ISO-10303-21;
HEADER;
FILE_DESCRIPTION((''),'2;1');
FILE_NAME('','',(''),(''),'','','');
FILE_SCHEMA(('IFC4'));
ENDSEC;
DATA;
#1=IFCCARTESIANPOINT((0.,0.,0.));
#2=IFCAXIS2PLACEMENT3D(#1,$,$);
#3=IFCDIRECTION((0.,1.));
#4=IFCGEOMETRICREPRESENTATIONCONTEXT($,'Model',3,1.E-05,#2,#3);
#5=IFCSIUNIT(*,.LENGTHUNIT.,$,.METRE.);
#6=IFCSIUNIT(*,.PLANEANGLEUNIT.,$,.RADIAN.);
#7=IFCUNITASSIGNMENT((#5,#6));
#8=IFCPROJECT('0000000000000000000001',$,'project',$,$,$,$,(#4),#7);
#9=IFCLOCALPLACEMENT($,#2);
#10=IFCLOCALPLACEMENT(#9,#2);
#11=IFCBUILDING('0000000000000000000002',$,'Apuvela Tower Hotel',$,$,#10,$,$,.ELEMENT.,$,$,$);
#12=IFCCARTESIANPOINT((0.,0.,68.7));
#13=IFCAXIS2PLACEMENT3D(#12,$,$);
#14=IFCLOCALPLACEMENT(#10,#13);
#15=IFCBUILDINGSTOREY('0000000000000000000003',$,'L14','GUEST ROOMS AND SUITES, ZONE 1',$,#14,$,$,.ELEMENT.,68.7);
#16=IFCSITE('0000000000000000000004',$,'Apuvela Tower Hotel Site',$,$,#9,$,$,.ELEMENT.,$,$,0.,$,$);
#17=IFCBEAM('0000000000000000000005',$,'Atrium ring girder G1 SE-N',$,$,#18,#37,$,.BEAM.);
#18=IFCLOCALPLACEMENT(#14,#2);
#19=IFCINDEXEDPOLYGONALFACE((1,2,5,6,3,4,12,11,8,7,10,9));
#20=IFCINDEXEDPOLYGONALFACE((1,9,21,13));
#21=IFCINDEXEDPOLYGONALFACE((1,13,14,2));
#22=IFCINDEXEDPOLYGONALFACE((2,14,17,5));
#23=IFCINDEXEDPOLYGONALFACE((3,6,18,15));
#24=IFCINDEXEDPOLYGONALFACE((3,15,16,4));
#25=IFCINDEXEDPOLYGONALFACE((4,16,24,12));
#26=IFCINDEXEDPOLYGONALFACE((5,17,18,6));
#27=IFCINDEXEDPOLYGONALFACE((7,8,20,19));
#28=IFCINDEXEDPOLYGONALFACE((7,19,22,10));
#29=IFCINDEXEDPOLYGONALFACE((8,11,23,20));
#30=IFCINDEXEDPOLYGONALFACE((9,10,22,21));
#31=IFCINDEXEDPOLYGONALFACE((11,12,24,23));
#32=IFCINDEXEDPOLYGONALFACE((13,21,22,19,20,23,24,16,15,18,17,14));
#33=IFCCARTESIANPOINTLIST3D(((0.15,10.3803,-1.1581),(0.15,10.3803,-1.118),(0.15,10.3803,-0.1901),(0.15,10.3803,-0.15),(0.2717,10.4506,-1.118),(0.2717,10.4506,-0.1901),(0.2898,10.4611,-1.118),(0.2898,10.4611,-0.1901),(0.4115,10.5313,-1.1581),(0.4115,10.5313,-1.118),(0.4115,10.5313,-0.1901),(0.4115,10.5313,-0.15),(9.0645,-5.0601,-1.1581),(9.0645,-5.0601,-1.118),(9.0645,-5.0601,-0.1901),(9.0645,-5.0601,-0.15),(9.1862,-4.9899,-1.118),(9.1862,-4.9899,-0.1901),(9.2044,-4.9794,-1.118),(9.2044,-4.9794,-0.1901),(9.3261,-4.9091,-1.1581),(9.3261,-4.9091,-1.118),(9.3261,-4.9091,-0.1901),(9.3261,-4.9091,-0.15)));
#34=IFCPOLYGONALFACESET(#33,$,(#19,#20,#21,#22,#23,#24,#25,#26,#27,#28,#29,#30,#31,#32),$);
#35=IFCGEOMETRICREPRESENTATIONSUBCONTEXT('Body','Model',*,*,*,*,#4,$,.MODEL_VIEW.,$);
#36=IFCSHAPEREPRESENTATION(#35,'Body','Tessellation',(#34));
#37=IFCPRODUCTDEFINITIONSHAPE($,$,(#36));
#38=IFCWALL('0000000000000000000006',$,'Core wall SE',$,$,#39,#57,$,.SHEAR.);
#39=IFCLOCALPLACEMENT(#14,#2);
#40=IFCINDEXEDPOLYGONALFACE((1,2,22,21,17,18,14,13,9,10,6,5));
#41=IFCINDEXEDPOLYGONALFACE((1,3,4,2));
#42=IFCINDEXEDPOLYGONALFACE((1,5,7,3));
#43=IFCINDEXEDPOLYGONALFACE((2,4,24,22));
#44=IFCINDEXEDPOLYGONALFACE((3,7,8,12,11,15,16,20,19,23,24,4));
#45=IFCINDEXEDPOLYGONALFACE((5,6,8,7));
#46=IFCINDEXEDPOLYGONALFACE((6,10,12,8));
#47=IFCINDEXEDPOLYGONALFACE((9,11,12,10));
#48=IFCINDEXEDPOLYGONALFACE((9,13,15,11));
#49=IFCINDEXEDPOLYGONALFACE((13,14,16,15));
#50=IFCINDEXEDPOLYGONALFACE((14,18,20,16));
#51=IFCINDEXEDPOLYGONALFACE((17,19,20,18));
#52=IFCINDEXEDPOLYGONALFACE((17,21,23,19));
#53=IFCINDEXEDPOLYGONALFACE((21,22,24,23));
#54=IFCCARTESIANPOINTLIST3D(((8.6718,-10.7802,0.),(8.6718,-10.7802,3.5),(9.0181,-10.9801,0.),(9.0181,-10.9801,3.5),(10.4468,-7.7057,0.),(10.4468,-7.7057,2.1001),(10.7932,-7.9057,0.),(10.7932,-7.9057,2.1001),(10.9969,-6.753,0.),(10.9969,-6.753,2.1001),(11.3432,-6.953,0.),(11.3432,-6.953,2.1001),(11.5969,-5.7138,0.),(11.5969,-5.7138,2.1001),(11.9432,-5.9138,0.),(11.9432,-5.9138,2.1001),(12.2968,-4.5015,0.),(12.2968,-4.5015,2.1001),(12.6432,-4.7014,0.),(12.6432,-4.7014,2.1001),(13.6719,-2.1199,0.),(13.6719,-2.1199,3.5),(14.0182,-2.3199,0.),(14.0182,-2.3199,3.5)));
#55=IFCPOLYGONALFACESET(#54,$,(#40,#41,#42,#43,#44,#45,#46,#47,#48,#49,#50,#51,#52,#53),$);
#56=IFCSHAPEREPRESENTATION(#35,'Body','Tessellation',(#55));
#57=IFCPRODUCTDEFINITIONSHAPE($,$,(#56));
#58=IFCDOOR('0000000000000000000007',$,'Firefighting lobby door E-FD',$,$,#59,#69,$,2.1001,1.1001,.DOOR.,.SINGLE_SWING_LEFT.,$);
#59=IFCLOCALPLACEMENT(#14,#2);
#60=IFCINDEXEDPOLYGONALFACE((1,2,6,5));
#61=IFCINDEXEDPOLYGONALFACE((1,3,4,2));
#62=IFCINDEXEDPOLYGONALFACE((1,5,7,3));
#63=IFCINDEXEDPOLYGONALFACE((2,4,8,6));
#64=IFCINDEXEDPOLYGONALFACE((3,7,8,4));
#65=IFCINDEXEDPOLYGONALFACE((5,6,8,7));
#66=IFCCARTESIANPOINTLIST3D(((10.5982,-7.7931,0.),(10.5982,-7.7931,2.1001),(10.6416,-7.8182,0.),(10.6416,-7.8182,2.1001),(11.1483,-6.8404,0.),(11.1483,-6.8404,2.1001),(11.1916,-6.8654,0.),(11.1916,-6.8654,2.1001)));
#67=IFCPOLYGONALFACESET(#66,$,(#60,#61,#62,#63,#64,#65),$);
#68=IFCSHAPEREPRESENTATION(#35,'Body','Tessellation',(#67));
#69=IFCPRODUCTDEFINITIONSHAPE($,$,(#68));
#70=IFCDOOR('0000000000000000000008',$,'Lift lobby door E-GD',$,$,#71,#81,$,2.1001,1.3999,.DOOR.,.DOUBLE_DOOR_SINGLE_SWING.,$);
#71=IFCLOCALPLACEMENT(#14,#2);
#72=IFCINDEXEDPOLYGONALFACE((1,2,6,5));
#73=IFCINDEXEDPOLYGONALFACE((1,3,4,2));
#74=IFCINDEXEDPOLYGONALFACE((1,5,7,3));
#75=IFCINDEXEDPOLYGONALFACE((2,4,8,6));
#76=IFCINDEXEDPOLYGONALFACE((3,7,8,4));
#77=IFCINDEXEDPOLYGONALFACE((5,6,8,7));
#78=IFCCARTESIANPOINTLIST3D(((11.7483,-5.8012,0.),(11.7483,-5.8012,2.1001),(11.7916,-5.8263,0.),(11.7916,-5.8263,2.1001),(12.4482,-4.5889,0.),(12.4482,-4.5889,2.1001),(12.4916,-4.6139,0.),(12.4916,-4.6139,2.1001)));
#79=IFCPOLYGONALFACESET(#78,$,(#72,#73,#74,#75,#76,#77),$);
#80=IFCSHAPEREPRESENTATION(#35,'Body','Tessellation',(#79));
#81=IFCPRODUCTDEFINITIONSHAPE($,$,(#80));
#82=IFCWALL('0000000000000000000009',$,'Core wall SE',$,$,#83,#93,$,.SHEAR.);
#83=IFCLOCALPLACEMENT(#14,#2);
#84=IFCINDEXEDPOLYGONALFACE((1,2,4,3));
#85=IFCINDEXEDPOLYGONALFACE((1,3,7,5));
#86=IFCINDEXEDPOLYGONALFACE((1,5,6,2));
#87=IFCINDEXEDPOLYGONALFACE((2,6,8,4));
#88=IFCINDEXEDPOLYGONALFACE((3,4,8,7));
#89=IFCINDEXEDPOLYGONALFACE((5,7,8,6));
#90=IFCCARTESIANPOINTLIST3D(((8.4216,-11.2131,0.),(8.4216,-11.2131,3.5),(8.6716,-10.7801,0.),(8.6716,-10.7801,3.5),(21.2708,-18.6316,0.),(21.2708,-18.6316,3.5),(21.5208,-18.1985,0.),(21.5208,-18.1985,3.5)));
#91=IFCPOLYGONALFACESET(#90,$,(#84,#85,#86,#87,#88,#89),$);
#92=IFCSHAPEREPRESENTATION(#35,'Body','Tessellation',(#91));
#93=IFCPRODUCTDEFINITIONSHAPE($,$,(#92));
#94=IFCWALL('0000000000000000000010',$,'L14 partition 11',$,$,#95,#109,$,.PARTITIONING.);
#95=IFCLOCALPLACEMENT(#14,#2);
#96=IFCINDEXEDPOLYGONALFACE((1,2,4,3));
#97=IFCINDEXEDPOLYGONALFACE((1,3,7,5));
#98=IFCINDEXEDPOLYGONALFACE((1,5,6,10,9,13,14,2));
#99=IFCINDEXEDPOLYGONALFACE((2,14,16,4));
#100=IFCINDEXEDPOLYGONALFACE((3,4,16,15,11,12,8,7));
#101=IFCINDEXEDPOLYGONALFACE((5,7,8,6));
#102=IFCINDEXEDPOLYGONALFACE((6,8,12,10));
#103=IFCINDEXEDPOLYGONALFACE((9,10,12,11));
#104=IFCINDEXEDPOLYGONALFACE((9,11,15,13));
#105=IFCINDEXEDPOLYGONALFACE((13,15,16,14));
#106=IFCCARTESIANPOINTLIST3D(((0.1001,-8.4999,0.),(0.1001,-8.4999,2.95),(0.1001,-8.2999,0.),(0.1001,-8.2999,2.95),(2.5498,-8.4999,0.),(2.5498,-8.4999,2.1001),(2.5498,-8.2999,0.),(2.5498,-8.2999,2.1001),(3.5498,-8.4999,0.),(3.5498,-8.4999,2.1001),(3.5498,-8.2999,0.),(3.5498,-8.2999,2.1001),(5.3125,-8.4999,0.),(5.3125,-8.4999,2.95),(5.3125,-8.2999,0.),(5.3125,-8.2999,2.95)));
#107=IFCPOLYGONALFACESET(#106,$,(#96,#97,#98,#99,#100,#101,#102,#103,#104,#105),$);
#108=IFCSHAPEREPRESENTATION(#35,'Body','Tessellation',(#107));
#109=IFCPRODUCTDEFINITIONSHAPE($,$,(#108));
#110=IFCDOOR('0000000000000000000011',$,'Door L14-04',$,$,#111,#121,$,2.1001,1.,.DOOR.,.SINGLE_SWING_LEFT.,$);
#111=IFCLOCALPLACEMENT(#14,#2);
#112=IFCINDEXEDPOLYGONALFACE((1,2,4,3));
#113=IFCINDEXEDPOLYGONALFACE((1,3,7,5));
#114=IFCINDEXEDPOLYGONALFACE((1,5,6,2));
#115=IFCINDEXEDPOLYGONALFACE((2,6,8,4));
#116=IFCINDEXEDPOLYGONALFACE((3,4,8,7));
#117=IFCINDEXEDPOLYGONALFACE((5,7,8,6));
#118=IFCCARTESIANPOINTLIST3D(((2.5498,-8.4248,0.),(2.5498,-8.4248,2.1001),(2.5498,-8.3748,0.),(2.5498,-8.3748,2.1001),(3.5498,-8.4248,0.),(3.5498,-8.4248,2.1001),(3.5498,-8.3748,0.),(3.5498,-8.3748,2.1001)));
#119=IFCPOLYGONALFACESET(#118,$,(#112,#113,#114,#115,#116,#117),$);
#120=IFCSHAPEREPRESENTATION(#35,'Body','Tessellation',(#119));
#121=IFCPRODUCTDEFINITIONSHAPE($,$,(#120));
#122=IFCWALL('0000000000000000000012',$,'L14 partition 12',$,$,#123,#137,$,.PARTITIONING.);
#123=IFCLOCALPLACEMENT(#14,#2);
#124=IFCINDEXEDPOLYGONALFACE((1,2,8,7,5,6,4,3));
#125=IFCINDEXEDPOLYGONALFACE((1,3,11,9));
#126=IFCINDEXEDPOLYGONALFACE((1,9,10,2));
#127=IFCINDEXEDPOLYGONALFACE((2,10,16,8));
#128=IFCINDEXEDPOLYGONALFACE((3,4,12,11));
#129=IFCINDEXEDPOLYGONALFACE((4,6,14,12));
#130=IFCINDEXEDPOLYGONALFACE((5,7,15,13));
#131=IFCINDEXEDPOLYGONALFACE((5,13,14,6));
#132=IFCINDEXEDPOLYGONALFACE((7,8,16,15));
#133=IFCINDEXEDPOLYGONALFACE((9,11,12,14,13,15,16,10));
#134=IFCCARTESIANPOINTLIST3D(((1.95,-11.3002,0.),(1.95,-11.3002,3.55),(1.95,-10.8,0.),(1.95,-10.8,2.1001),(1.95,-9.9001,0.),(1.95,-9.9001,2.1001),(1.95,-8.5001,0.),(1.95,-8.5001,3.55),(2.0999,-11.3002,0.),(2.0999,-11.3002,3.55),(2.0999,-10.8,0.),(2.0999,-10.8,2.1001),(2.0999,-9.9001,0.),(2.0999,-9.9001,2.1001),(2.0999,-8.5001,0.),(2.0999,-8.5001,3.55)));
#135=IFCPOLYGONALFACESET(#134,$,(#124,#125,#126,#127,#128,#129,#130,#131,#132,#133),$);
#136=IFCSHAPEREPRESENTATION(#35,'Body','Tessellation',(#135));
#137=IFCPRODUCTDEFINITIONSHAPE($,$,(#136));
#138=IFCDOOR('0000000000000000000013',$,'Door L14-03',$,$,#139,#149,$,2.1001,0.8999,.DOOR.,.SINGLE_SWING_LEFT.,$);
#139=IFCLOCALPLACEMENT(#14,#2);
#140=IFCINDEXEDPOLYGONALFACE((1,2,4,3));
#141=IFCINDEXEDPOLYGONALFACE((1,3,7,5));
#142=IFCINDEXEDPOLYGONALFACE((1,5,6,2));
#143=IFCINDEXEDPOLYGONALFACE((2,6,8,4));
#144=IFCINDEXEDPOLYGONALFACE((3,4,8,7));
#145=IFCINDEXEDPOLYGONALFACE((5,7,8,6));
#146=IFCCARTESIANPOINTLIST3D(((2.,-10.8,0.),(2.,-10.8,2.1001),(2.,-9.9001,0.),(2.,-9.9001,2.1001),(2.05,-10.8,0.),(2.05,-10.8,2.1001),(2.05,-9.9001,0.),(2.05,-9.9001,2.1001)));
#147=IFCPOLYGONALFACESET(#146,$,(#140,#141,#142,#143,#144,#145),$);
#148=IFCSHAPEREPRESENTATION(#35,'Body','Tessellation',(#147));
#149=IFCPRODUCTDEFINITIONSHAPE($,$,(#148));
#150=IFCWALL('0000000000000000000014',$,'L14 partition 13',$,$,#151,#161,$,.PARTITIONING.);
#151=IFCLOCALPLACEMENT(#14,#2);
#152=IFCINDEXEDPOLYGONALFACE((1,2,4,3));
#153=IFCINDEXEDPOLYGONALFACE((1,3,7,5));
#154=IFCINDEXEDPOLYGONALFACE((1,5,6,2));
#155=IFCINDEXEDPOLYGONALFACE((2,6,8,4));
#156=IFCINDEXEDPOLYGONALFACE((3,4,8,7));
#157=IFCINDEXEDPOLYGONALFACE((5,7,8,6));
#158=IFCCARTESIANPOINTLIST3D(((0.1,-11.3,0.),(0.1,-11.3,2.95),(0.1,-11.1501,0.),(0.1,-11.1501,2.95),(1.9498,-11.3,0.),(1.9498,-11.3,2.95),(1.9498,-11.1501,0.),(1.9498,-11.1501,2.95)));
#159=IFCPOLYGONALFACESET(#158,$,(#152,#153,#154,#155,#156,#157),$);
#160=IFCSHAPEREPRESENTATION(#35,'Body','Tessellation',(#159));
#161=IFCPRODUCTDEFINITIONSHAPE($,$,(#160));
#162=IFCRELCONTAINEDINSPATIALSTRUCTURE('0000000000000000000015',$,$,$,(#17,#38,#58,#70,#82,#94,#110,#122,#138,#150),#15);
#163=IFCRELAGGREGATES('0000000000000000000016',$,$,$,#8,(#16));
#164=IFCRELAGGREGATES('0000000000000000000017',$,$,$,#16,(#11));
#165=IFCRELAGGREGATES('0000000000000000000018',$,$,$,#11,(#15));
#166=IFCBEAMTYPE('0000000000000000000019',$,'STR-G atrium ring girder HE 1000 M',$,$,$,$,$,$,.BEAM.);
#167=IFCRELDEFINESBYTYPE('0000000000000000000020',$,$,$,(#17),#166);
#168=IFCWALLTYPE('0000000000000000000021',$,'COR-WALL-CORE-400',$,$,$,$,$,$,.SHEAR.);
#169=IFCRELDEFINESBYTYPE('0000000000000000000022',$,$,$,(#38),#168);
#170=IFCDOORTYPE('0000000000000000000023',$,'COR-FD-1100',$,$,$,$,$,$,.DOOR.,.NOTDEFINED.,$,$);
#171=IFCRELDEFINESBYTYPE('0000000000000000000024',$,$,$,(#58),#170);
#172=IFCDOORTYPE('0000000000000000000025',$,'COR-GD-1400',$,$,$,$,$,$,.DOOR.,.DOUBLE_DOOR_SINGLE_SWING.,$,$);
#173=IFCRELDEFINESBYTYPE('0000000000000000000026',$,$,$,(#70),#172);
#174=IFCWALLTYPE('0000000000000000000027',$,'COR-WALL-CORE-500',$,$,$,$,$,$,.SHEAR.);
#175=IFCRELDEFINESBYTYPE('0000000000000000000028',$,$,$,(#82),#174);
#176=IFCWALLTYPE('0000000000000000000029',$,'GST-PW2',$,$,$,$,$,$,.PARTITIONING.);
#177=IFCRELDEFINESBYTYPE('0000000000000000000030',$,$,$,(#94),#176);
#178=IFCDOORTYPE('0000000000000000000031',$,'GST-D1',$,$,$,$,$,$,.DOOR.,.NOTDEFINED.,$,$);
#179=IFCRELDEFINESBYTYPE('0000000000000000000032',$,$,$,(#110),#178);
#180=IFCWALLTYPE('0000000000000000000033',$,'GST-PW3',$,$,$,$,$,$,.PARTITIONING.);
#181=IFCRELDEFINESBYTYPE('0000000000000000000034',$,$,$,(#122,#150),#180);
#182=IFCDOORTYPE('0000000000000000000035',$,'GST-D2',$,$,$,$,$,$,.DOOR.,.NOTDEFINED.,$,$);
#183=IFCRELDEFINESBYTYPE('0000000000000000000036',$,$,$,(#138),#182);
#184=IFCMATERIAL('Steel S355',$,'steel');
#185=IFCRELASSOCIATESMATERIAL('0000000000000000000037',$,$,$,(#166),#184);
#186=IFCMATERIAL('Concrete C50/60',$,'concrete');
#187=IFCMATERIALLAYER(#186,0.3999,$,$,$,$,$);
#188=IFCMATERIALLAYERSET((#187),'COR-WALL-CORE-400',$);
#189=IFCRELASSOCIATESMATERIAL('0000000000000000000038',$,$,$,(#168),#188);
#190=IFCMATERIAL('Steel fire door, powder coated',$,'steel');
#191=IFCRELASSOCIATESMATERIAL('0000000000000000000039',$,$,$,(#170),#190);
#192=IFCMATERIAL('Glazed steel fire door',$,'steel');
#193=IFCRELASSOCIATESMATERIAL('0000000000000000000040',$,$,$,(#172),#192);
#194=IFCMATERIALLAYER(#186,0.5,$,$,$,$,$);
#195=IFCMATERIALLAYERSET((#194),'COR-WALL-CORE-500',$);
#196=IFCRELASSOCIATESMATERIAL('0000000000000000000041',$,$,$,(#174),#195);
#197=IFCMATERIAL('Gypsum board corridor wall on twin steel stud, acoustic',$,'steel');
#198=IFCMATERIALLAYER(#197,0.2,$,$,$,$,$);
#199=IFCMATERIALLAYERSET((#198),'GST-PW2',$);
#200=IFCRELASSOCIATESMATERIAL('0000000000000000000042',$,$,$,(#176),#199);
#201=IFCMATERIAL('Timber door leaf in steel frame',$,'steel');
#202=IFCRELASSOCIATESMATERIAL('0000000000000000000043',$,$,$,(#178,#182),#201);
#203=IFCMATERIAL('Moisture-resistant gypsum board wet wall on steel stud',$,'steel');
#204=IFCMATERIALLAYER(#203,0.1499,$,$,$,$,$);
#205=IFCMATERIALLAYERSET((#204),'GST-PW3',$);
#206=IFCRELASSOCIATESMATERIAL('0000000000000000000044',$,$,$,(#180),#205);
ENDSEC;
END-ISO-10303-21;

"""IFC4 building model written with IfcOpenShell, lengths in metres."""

from ifc_helpers import new_model, si_unit, direction, frame, frame_2d, origin, origin_2d, place, context, subcontext, project, spatial, rectangle, i_section, extrude, material, layer, layer_set, material_profile, profile_set, type_object, element, fill, save


model = new_model("IFC4")

# Units and contexts
model_context = context("Model", 3, precision=1e-05, world=origin(), true_north=direction((0.0, 1.0)))
body_context = subcontext(model_context, "Body", "Model", "MODEL_VIEW")
ifc_project = project(units=[si_unit("LENGTHUNIT", "METRE"), si_unit("PLANEANGLEUNIT", "RADIAN")], contexts=[model_context])

# Site, building, storey
site_placement = place(None, origin())
site = spatial("IfcSite", under=ifc_project, at=site_placement, Name="Apuvela Tower Hotel Site", CompositionType="ELEMENT", RefElevation=0.0)
building_placement = place(site_placement, origin())
building = spatial("IfcBuilding", under=site, at=building_placement, Name="Apuvela Tower Hotel", CompositionType="ELEMENT")
storey_placement = place(building_placement, frame((0.0, 0.0, 68.7)))
storey = spatial("IfcBuildingStorey", under=building, at=storey_placement, Name="L14", Description="GUEST ROOMS AND SUITES, ZONE 1", CompositionType="ELEMENT", Elevation=68.7)

# Beam
ifc_material_1 = material(Name="Steel S355", Category="steel")
ifc_material_profile = material_profile(ifc_material_1, i_section(OverallWidth=0.302, OverallDepth=1.0081, WebThickness=0.021, FlangeThickness=0.04, at=origin_2d()), Name="HE 1000 M")
ifc_profile_set = profile_set([ifc_material_profile], Name="Steel S355")
beam_type = type_object("IfcBeamType", Name="STR-G atrium ring girder HE 1000 M", PredefinedType="BEAM", material=ifc_profile_set)
beam_placement = place(storey_placement, frame((9.1953, -4.9846, -0.6541), z_axis=(-0.500001, 0.866025, 0.0), x_axis=(-0.866025, -0.500001, 0.0)))
element("IfcBeam", 1, at=beam_placement, inside=storey, type_object=beam_type, Name="Atrium ring girder G1 SE-N", PredefinedType="BEAM", context=body_context, shape_type="SweptSolid", body=[
    extrude(i_section(OverallWidth=0.302, OverallDepth=1.0081, WebThickness=0.021, FlangeThickness=0.04, at=origin_2d()), origin(), (0.0, 0.0, 1.0), 17.8291),
])

# Wall, openings, doors
ifc_material_2 = material(Name="Concrete C50/60", Category="concrete")
ifc_layer_1 = layer(ifc_material_2, 0.3999)
ifc_layer_set_1 = layer_set([ifc_layer_1], Name="COR-WALL-CORE-400")
wall_type_1 = type_object("IfcWallType", Name="COR-WALL-CORE-400", PredefinedType="SHEAR", material=ifc_layer_set_1)
wall_1_placement = place(storey_placement, frame((8.845, -10.8801, 0.0), z_axis=(0.0, 0.0, 1.0), x_axis=(0.500004, 0.866023, 0.0)))
wall_1 = element("IfcWall", 2, at=wall_1_placement, inside=storey, type_object=wall_type_1, Name="Core wall SE", PredefinedType="SHEAR", context=body_context, shape_type="SweptSolid", body=[
    extrude(rectangle(XDim=10.0, YDim=0.3999, at=frame_2d((5.0, 0.0))), origin(), (0.0, 0.0, 1.0), 3.5),
])
opening_1_placement = place(wall_1_placement, frame((3.55, 0.0, 0.0)))
opening_1 = element("IfcOpeningElement", 3, at=opening_1_placement, cuts=wall_1, PredefinedType="OPENING", context=body_context, shape_type="SweptSolid", body=[
    extrude(rectangle(XDim=1.1001, YDim=2.1001, at=frame_2d((0.55, 1.05))), frame((0.0, 0.21, 0.0), z_axis=(0.0, -1.0, 0.0), x_axis=(1.0, 0.0, 0.0)), (0.0, 0.0, 1.0), 0.4199),
])
opening_2_placement = place(wall_1_placement, frame((5.8501, 0.0, 0.0)))
opening_2 = element("IfcOpeningElement", 4, at=opening_2_placement, cuts=wall_1, PredefinedType="OPENING", context=body_context, shape_type="SweptSolid", body=[
    extrude(rectangle(XDim=1.3999, YDim=2.1001, at=frame_2d((0.7, 1.05))), frame((0.0, 0.21, 0.0), z_axis=(0.0, -1.0, 0.0), x_axis=(1.0, 0.0, 0.0)), (0.0, 0.0, 1.0), 0.4199),
])
ifc_material_3 = material(Name="Steel fire door, powder coated", Category="steel")
door_type_1 = type_object("IfcDoorType", Name="COR-FD-1100", OperationType="NOTDEFINED", PredefinedType="DOOR", material=ifc_material_3)
door_1_placement = place(opening_1_placement, frame((1.1001, 0.0, 0.0), z_axis=(0.0, 0.0, 1.0), x_axis=(-1.0, 0.0, 0.0)))
door_1 = element("IfcDoor", 5, at=door_1_placement, inside=storey, type_object=door_type_1, Name="Firefighting lobby door E-FD", OperationType="SINGLE_SWING_LEFT", OverallHeight=2.1001, OverallWidth=1.1001, PredefinedType="DOOR", context=body_context, shape_type="SweptSolid", body=[
    extrude(rectangle(XDim=1.1001, YDim=2.1001, at=frame_2d((0.55, 1.05))), frame((0.0, 0.0249, 0.0), z_axis=(0.0, -1.0, 0.0), x_axis=(1.0, 0.0, 0.0)), (0.0, 0.0, 1.0), 0.05),
])
fill(opening_1, door_1)
ifc_material_4 = material(Name="Glazed steel fire door", Category="steel")
door_type_2 = type_object("IfcDoorType", Name="COR-GD-1400", OperationType="DOUBLE_DOOR_SINGLE_SWING", PredefinedType="DOOR", material=ifc_material_4)
door_2_placement = place(opening_2_placement, frame((1.3999, 0.0, 0.0), z_axis=(0.0, 0.0, 1.0), x_axis=(-1.0, 0.0, 0.0)))
door_2 = element("IfcDoor", 6, at=door_2_placement, inside=storey, type_object=door_type_2, Name="Lift lobby door E-GD", OperationType="DOUBLE_DOOR_SINGLE_SWING", OverallHeight=2.1001, OverallWidth=1.3999, PredefinedType="DOOR", context=body_context, shape_type="SweptSolid", body=[
    extrude(rectangle(XDim=1.3999, YDim=2.1001, at=frame_2d((0.7, 1.05))), frame((0.0, 0.0249, 0.0), z_axis=(0.0, -1.0, 0.0), x_axis=(1.0, 0.0, 0.0)), (0.0, 0.0, 1.0), 0.05),
])
fill(opening_2, door_2)

# Wall
ifc_layer_2 = layer(ifc_material_2, 0.5)
ifc_layer_set_2 = layer_set([ifc_layer_2], Name="COR-WALL-CORE-500")
wall_type_2 = type_object("IfcWallType", Name="COR-WALL-CORE-500", PredefinedType="SHEAR", material=ifc_layer_set_2)
wall_2_placement = place(storey_placement, frame((8.5466, -10.9966, 0.0), z_axis=(0.0, 0.0, 1.0), x_axis=(0.866025, -0.500001, 0.0)))
element("IfcWall", 7, at=wall_2_placement, inside=storey, type_object=wall_type_2, Name="Core wall SE", PredefinedType="SHEAR", context=body_context, shape_type="SweptSolid", body=[
    extrude(rectangle(XDim=14.8369, YDim=0.5, at=frame_2d((7.4185, 0.0))), origin(), (0.0, 0.0, 1.0), 3.5),
])

# Walls, openings, doors
ifc_material_5 = material(Name="Gypsum board corridor wall on twin steel stud, acoustic", Category="steel")
ifc_layer_3 = layer(ifc_material_5, 0.2)
ifc_layer_set_3 = layer_set([ifc_layer_3], Name="GST-PW2")
wall_type_3 = type_object("IfcWallType", Name="GST-PW2", PredefinedType="PARTITIONING", material=ifc_layer_set_3)
wall_3_placement = place(storey_placement, frame((5.3125, -8.3999, 0.0), z_axis=(0.0, 0.0, 1.0), x_axis=(-1.0, 0.0, 0.0)))
wall_3 = element("IfcWall", 8, at=wall_3_placement, inside=storey, type_object=wall_type_3, Name="L14 partition 11", PredefinedType="PARTITIONING", context=body_context, shape_type="SweptSolid", body=[
    extrude(rectangle(XDim=5.2124, YDim=0.2, at=frame_2d((2.6062, 0.0))), origin(), (0.0, 0.0, 1.0), 2.95),
])
opening_3_placement = place(wall_3_placement, frame((1.7627, 0.0, 0.0)))
opening_3 = element("IfcOpeningElement", 9, at=opening_3_placement, cuts=wall_3, PredefinedType="OPENING", context=body_context, shape_type="SweptSolid", body=[
    extrude(rectangle(XDim=1.0, YDim=2.1001, at=frame_2d((0.5, 1.05))), frame((0.0, 0.1099, 0.0), z_axis=(0.0, -1.0, 0.0), x_axis=(1.0, 0.0, 0.0)), (0.0, 0.0, 1.0), 0.22),
])
ifc_material_6 = material(Name="Timber door leaf in steel frame", Category="steel")
door_type_3 = type_object("IfcDoorType", Name="GST-D1", OperationType="NOTDEFINED", PredefinedType="DOOR", material=ifc_material_6)
door_3_placement = place(opening_3_placement, origin())
door_3 = element("IfcDoor", 10, at=door_3_placement, inside=storey, type_object=door_type_3, Name="Door L14-04", OperationType="SINGLE_SWING_LEFT", OverallHeight=2.1001, OverallWidth=1.0, PredefinedType="DOOR", context=body_context, shape_type="SweptSolid", body=[
    extrude(rectangle(XDim=1.0, YDim=2.1001, at=frame_2d((0.5, 1.05))), frame((0.0, 0.0249, 0.0), z_axis=(0.0, -1.0, 0.0), x_axis=(1.0, 0.0, 0.0)), (0.0, 0.0, 1.0), 0.05),
])
fill(opening_3, door_3)
ifc_material_7 = material(Name="Moisture-resistant gypsum board wet wall on steel stud", Category="steel")
ifc_layer_4 = layer(ifc_material_7, 0.1499)
ifc_layer_set_4 = layer_set([ifc_layer_4], Name="GST-PW3")
wall_type_4 = type_object("IfcWallType", Name="GST-PW3", PredefinedType="PARTITIONING", material=ifc_layer_set_4)
wall_4_placement = place(storey_placement, frame((2.0249, -11.3, 0.0), z_axis=(0.0, 0.0, 1.0), x_axis=(0.0, 1.0, 0.0)))
wall_4 = element("IfcWall", 11, at=wall_4_placement, inside=storey, type_object=wall_type_4, Name="L14 partition 12", PredefinedType="PARTITIONING", context=body_context, shape_type="SweptSolid", body=[
    extrude(rectangle(XDim=2.8, YDim=0.1499, at=frame_2d((1.3999, 0.0))), origin(), (0.0, 0.0, 1.0), 3.55),
])
opening_4_placement = place(wall_4_placement, frame((0.5, 0.0, 0.0)))
opening_4 = element("IfcOpeningElement", 12, at=opening_4_placement, cuts=wall_4, PredefinedType="OPENING", context=body_context, shape_type="SweptSolid", body=[
    extrude(rectangle(XDim=0.8999, YDim=2.1001, at=frame_2d((0.45, 1.05))), frame((0.0, 0.085, 0.0), z_axis=(0.0, -1.0, 0.0), x_axis=(1.0, 0.0, 0.0)), (0.0, 0.0, 1.0), 0.1699),
])
door_type_4 = type_object("IfcDoorType", Name="GST-D2", OperationType="NOTDEFINED", PredefinedType="DOOR", material=ifc_material_6)
door_4_placement = place(opening_4_placement, origin())
door_4 = element("IfcDoor", 13, at=door_4_placement, inside=storey, type_object=door_type_4, Name="Door L14-03", OperationType="SINGLE_SWING_LEFT", OverallHeight=2.1001, OverallWidth=0.8999, PredefinedType="DOOR", context=body_context, shape_type="SweptSolid", body=[
    extrude(rectangle(XDim=0.8999, YDim=2.1001, at=frame_2d((0.45, 1.05))), frame((0.0, 0.0249, 0.0), z_axis=(0.0, -1.0, 0.0), x_axis=(1.0, 0.0, 0.0)), (0.0, 0.0, 1.0), 0.05),
])
fill(opening_4, door_4)

# Wall
wall_5_placement = place(storey_placement, frame((0.1001, -11.2251, 0.0), z_axis=(0.0, 0.0, 1.0), x_axis=(1.0, 0.0, 0.0)))
element("IfcWall", 14, at=wall_5_placement, inside=storey, type_object=wall_type_4, Name="L14 partition 13", PredefinedType="PARTITIONING", context=body_context, shape_type="SweptSolid", body=[
    extrude(rectangle(XDim=1.8499, YDim=0.1499, at=frame_2d((0.9248, 0.0))), origin(), (0.0, 0.0, 1.0), 2.95),
])

save(model, "model.ifc")
